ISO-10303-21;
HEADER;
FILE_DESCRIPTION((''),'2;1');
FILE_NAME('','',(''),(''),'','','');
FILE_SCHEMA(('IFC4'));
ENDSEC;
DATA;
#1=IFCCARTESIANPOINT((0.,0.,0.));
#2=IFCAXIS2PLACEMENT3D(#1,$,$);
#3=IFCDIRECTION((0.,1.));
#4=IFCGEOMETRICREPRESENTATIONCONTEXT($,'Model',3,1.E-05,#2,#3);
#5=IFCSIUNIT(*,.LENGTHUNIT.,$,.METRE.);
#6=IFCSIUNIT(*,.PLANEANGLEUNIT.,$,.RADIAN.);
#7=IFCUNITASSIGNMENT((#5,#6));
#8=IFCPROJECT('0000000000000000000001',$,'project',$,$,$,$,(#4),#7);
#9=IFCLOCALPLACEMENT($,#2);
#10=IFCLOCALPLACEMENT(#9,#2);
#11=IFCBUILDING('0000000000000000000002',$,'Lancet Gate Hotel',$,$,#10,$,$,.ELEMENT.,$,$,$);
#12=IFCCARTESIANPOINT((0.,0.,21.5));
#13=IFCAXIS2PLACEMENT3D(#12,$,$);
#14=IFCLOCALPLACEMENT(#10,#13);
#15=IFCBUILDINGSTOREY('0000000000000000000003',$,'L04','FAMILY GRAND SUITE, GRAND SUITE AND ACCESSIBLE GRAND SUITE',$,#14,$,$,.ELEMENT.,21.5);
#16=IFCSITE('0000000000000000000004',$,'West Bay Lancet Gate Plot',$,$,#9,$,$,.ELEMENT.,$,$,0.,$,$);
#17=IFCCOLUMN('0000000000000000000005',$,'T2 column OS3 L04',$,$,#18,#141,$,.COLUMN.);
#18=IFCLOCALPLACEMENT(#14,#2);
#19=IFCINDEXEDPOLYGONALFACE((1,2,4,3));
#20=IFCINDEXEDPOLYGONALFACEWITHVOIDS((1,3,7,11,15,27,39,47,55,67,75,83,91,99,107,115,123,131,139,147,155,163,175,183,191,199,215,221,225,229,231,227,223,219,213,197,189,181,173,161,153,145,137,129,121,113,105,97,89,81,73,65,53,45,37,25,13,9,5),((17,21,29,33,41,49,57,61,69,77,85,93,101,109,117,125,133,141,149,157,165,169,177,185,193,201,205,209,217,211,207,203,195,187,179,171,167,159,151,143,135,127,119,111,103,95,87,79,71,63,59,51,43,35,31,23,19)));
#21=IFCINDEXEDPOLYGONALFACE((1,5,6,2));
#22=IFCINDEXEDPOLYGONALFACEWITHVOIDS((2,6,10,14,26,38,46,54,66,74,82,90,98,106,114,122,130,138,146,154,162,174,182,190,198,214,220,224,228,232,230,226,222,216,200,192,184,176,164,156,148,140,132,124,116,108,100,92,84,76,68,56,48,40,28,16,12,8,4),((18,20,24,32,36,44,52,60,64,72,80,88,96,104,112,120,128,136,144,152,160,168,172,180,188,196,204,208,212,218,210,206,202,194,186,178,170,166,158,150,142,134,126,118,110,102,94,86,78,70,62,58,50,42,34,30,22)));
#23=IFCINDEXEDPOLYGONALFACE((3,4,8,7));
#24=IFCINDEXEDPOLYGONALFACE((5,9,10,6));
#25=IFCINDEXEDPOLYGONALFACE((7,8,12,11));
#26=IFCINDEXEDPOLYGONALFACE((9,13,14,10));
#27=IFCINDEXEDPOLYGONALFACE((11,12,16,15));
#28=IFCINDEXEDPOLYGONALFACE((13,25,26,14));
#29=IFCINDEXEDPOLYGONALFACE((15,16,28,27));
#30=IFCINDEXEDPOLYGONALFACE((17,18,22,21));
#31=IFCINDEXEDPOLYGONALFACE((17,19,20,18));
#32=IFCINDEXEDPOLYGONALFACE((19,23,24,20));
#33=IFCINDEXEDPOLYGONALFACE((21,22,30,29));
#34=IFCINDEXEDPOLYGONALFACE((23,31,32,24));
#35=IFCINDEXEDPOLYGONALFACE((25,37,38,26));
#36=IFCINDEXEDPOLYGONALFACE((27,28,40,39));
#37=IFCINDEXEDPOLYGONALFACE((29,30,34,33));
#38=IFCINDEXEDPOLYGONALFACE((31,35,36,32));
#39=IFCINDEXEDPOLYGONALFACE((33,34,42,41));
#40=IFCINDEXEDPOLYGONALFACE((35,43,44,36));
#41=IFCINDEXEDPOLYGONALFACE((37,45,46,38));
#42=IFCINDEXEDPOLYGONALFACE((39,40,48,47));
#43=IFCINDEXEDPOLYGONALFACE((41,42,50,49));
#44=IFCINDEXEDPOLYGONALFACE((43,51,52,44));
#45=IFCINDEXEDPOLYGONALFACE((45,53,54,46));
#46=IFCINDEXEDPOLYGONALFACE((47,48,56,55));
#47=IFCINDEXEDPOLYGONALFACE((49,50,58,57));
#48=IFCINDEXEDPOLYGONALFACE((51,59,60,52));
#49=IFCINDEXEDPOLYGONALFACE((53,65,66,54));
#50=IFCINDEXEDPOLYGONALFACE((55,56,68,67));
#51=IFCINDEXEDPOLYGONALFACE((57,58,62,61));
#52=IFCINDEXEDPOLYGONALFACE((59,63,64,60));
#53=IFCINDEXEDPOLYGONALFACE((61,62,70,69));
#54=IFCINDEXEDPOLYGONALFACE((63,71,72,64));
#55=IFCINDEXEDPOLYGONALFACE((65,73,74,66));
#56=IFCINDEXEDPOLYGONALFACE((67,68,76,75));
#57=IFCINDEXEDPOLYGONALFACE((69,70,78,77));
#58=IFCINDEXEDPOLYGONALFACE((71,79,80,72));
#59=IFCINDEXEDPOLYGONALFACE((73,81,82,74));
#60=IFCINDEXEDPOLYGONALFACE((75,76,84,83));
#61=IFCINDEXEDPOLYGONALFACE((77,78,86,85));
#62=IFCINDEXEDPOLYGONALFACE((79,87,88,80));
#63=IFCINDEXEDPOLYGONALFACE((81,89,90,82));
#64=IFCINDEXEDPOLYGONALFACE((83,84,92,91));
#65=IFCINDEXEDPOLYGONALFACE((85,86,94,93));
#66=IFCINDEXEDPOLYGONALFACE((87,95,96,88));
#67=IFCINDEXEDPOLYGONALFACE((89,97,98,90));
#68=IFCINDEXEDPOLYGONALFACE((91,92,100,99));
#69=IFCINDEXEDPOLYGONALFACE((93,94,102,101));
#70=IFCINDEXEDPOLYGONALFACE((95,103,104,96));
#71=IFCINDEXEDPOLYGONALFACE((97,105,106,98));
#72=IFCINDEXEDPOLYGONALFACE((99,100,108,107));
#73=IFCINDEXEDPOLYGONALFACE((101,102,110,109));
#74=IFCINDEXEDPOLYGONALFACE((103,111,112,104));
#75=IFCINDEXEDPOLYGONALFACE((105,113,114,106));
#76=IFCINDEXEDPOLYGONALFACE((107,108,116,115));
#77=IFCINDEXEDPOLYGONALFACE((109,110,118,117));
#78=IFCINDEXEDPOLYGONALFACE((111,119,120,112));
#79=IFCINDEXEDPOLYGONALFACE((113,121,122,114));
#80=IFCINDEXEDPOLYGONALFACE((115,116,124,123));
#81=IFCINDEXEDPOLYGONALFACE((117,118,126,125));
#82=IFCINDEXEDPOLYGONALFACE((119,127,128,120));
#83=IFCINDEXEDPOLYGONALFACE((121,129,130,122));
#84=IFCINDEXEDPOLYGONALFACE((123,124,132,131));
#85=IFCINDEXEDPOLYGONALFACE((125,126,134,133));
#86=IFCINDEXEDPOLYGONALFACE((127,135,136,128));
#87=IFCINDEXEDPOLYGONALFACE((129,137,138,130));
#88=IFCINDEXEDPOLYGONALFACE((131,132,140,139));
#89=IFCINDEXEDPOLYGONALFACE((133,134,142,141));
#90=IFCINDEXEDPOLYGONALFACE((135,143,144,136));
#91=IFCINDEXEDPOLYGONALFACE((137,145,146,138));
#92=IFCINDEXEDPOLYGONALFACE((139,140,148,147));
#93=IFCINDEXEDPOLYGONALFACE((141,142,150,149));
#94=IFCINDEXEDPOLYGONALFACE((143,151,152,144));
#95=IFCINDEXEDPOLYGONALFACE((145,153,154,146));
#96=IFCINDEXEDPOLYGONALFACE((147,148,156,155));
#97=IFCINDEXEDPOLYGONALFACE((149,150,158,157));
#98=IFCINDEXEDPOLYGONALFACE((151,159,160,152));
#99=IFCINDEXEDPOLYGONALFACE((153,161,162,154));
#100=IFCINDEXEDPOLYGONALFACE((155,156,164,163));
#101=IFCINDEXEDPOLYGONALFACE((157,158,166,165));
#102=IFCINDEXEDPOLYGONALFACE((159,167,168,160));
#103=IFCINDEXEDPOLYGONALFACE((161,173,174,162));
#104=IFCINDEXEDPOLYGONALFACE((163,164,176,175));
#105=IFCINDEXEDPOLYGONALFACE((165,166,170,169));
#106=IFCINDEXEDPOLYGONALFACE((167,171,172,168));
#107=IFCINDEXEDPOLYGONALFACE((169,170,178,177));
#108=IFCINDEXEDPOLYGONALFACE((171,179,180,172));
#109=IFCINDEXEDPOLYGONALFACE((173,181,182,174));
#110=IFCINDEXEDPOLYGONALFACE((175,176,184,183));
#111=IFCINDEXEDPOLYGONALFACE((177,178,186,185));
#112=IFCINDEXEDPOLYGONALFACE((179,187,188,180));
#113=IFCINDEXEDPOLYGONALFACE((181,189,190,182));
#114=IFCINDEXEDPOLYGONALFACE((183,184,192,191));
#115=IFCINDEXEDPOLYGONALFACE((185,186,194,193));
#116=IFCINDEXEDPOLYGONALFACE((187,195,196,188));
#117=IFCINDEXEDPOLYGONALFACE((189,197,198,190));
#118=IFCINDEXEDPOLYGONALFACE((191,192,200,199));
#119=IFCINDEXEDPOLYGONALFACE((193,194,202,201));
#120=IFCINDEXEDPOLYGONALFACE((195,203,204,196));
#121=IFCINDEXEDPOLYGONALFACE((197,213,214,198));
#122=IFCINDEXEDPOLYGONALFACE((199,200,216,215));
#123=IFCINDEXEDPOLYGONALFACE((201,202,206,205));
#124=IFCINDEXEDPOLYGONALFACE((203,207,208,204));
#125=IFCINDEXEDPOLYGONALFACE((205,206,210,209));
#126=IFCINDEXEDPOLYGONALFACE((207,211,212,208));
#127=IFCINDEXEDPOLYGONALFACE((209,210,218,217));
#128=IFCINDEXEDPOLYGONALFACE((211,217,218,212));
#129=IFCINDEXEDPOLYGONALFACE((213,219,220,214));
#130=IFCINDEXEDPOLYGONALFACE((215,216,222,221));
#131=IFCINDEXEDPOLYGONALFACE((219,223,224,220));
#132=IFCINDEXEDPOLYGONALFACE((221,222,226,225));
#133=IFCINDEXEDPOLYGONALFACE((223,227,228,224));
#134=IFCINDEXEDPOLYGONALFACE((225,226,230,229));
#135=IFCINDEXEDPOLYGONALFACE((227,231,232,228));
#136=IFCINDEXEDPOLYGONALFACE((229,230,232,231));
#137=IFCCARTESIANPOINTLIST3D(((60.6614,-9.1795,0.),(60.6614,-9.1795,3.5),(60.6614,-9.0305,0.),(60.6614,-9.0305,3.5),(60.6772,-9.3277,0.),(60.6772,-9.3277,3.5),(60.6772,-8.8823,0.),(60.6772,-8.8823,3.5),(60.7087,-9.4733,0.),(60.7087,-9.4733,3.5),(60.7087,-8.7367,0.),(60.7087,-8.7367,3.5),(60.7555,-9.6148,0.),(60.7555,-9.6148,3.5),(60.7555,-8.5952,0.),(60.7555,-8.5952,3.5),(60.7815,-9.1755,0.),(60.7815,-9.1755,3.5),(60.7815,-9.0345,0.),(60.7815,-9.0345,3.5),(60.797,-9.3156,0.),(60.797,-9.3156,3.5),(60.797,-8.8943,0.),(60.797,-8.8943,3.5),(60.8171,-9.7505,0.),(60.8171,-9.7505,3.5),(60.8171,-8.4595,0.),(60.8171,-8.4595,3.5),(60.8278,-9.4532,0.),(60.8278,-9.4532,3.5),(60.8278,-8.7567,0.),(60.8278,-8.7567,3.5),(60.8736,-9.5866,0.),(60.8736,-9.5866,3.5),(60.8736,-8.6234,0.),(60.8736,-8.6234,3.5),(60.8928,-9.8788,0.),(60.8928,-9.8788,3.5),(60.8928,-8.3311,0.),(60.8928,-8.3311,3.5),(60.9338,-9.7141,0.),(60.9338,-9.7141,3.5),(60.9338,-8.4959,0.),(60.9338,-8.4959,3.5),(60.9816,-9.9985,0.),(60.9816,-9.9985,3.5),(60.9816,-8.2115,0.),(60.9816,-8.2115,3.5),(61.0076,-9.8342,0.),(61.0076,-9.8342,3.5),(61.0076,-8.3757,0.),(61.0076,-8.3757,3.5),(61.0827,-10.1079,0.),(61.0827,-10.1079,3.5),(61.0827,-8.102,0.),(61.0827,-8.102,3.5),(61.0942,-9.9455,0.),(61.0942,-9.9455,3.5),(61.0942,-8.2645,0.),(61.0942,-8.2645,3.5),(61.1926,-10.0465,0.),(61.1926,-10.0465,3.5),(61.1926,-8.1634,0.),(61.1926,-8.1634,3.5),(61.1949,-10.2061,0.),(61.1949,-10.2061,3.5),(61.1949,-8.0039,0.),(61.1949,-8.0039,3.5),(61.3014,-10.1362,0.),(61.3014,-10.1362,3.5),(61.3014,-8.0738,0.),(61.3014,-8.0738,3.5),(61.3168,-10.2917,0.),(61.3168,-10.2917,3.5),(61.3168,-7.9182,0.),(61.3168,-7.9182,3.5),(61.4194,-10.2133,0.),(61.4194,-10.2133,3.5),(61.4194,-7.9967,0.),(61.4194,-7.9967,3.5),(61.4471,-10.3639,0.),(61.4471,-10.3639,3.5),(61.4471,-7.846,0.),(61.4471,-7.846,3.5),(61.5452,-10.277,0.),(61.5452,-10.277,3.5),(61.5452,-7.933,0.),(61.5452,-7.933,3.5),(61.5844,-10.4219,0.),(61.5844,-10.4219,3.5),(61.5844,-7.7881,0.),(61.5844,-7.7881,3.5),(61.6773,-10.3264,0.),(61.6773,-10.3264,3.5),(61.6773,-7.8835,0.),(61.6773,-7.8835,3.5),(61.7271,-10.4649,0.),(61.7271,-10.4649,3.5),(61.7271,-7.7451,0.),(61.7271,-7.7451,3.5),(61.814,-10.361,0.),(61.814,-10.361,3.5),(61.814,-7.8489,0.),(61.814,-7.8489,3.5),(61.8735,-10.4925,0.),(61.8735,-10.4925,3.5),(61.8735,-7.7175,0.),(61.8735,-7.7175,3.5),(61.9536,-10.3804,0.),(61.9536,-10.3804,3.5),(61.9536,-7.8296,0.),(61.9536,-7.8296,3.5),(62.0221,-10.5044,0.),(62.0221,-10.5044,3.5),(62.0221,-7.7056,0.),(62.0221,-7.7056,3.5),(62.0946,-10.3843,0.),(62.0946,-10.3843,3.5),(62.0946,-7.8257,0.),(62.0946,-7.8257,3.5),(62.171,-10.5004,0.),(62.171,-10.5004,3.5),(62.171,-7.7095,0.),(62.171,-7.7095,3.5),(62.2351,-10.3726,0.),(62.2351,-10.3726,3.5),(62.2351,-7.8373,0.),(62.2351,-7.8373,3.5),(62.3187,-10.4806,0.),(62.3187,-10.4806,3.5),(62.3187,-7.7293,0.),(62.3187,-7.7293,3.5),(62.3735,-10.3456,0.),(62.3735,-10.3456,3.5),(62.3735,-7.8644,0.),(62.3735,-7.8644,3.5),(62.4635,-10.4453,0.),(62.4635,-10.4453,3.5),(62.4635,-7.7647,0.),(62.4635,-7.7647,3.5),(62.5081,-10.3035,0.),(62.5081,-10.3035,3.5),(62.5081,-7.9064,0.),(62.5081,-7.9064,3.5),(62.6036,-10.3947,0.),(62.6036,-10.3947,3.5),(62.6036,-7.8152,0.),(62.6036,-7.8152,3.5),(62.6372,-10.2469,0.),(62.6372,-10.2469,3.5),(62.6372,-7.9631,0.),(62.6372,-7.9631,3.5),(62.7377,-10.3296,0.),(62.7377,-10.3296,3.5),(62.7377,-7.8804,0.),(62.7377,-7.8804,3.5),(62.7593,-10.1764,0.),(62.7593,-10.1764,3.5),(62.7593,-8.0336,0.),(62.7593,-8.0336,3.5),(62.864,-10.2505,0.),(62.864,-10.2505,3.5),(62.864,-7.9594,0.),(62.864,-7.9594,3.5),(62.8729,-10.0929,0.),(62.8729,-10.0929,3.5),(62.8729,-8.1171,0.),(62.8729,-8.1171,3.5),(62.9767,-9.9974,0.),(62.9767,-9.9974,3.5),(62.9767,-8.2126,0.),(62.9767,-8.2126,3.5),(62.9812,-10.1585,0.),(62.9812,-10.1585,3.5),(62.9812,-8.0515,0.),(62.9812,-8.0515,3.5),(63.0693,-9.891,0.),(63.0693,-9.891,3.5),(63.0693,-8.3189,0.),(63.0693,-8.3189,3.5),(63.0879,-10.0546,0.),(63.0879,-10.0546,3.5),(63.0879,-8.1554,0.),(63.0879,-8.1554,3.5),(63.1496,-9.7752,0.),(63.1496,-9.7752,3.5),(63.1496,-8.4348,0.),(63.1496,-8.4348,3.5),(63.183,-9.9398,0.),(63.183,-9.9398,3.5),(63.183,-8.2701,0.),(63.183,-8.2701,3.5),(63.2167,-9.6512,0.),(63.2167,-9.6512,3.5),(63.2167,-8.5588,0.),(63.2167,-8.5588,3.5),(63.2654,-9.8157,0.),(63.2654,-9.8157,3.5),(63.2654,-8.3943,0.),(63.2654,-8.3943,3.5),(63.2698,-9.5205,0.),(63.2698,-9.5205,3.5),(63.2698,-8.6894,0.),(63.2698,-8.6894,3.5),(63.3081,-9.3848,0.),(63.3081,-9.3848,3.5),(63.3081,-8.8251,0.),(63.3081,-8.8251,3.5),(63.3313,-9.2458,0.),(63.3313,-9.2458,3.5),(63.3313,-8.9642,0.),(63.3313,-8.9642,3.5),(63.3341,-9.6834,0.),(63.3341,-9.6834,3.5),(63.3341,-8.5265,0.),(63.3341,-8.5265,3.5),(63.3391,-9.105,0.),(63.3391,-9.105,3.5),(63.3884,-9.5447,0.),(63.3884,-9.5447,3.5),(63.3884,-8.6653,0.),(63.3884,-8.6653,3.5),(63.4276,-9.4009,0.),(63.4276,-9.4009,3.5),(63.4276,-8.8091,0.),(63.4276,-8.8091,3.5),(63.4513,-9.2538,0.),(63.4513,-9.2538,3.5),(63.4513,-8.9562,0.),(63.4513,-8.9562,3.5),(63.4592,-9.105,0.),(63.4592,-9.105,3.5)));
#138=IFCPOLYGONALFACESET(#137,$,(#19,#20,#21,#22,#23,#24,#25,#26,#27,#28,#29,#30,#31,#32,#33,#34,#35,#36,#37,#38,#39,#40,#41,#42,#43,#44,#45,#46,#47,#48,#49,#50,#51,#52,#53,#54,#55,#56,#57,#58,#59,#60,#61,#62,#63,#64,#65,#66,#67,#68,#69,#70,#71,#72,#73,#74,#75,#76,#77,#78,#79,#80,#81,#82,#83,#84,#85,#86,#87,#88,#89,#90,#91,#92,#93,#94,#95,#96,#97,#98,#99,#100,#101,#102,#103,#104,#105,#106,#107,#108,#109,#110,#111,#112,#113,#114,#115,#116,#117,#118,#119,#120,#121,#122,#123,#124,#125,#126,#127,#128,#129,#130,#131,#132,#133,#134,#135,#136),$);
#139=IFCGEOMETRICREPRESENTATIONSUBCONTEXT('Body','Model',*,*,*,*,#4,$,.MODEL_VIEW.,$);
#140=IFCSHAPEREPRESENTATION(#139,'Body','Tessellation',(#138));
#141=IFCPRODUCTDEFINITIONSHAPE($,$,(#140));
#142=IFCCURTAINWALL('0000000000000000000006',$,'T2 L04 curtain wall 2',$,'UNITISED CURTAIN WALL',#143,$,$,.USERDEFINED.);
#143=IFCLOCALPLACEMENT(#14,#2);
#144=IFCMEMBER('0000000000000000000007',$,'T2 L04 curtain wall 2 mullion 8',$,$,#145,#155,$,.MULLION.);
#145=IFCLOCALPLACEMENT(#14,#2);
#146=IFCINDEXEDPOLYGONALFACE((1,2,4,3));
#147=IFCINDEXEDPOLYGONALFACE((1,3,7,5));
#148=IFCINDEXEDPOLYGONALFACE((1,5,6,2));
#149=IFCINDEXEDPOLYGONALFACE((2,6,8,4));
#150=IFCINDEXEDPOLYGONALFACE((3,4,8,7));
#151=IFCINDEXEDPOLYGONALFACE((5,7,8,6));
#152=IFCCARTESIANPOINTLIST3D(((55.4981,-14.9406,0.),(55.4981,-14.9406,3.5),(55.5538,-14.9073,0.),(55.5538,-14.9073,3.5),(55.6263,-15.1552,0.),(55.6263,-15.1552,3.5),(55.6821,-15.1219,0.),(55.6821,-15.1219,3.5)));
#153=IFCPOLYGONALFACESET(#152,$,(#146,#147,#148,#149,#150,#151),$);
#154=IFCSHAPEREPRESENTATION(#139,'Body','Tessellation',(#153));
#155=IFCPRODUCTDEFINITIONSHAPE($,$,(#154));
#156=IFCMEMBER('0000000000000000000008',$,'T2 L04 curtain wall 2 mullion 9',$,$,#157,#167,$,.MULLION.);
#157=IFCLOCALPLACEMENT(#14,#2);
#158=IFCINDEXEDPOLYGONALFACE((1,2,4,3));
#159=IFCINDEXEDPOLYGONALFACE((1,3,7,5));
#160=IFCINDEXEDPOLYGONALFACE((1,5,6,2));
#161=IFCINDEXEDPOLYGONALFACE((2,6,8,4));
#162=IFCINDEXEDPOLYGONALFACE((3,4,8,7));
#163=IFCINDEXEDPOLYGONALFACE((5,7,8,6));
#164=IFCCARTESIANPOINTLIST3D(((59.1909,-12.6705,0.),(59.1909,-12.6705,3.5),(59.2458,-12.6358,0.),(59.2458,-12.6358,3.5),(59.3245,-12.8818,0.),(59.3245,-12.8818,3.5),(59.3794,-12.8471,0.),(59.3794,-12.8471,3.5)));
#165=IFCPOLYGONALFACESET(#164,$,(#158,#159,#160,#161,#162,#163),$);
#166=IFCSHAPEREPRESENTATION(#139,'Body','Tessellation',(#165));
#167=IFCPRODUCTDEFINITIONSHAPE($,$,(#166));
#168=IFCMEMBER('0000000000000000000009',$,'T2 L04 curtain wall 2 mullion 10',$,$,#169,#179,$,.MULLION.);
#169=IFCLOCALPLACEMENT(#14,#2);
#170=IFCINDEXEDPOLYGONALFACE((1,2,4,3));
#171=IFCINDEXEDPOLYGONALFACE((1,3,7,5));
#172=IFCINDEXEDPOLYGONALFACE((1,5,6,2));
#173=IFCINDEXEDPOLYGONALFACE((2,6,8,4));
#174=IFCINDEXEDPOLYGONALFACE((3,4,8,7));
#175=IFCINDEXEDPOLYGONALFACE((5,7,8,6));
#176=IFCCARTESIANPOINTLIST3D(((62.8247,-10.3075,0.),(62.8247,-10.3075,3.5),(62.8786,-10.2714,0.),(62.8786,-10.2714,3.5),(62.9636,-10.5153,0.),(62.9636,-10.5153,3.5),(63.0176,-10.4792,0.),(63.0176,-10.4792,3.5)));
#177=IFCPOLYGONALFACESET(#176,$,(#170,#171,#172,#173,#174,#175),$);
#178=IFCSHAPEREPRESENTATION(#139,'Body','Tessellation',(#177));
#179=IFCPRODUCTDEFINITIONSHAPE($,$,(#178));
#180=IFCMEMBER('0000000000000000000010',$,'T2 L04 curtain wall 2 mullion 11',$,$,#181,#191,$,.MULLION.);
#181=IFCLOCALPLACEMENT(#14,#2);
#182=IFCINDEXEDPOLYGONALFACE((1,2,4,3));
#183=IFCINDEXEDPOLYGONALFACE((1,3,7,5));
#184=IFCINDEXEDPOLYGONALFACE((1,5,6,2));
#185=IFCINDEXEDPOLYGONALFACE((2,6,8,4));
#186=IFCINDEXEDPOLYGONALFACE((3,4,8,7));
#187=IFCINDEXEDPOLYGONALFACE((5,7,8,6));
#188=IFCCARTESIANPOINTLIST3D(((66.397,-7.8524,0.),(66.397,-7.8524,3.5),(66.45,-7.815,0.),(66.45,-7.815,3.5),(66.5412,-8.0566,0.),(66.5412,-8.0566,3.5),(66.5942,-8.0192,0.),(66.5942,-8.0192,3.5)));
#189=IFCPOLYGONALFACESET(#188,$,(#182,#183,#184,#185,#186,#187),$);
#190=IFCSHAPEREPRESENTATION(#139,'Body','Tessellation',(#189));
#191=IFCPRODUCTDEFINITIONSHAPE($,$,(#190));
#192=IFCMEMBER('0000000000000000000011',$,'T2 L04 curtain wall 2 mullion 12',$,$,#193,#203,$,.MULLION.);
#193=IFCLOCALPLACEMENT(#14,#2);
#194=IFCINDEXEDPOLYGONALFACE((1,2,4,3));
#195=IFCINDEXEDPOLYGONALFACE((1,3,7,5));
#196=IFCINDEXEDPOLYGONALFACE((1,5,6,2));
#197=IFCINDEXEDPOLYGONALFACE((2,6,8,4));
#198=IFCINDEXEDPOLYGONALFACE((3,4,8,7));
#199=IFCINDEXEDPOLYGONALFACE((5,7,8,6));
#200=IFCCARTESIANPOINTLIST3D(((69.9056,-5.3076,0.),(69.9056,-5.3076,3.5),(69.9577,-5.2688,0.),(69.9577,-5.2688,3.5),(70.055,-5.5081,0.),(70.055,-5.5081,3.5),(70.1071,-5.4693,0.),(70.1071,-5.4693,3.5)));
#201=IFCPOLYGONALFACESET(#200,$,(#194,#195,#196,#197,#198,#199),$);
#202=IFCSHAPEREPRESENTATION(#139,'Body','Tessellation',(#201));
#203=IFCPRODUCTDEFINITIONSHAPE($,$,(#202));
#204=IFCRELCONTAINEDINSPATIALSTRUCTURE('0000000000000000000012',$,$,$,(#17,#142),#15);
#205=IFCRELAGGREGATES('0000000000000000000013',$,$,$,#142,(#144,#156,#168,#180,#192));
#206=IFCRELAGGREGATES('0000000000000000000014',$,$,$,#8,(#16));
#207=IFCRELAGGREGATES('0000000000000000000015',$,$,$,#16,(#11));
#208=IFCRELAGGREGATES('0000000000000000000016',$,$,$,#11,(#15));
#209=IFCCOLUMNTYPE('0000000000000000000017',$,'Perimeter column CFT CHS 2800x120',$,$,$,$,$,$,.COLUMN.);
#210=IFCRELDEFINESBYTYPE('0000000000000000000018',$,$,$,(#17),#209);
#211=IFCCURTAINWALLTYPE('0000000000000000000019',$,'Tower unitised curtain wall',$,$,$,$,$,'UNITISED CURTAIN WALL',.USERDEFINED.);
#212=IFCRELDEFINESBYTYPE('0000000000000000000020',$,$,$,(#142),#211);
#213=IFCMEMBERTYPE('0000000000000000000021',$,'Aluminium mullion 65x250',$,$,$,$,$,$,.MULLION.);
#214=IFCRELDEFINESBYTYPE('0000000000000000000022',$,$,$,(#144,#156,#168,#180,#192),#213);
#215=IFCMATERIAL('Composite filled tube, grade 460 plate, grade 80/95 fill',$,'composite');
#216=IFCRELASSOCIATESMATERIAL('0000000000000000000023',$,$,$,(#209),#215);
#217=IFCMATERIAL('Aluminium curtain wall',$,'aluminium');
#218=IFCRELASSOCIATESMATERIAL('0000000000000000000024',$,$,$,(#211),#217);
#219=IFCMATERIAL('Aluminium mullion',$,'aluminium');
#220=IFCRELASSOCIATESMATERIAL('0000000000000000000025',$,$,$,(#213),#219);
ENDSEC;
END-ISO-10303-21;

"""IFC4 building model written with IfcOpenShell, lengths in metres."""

from ifc_helpers import new_model, si_unit, direction, frame, origin, origin_2d, place, context, subcontext, project, spatial, rectangle, hollow_circle, extrude, material, material_profile, profile_set, type_object, element, aggregate, save


model = new_model("IFC4")

# Units and contexts
model_context = context("Model", 3, precision=1e-05, world=origin(), true_north=direction((0.0, 1.0)))
body_context = subcontext(model_context, "Body", "Model", "MODEL_VIEW")
ifc_project = project(units=[si_unit("LENGTHUNIT", "METRE"), si_unit("PLANEANGLEUNIT", "RADIAN")], contexts=[model_context])

# Site, building, storey
site_placement = place(None, origin())
site = spatial("IfcSite", under=ifc_project, at=site_placement, Name="West Bay Lancet Gate Plot", CompositionType="ELEMENT", RefElevation=0.0)
building_placement = place(site_placement, origin())
building = spatial("IfcBuilding", under=site, at=building_placement, Name="Lancet Gate Hotel", CompositionType="ELEMENT")
storey_placement = place(building_placement, frame((0.0, 0.0, 21.5)))
storey = spatial("IfcBuildingStorey", under=building, at=storey_placement, Name="L04", Description="FAMILY GRAND SUITE, GRAND SUITE AND ACCESSIBLE GRAND SUITE", CompositionType="ELEMENT", Elevation=21.5)

# Column
ifc_material_1 = material(Name="Composite filled tube, grade 460 plate, grade 80/95 fill", Category="composite")
ifc_material_profile_1 = material_profile(ifc_material_1, hollow_circle(Radius=1.3999, WallThickness=0.1201, at=origin_2d()), Name="CHS 2800x120")
ifc_profile_set_1 = profile_set([ifc_material_profile_1], Name="Composite filled tube, grade 460 plate, grade 80/95 fill")
column_type = type_object("IfcColumnType", Name="Perimeter column CFT CHS 2800x120", PredefinedType="COLUMN", material=ifc_profile_set_1)
for number, where, z_axis, x_axis, name in (
    (1, (62.0593, -9.105, 0.0), (0.0, 0.0, 1.0), (1.0, 0.0, 0.0), "T2 column OS3 L04"),
):
    element("IfcColumn", number, at=place(storey_placement, frame(where, z_axis=z_axis, x_axis=x_axis)), inside=storey, type_object=column_type, Name=name, PredefinedType="COLUMN", context=body_context, shape_type="SweptSolid", body=[
        extrude(hollow_circle(Radius=1.3999, WallThickness=0.1201, at=origin_2d()), origin(), (0.0, 0.0, 1.0), 3.5),
    ])

# Curtain wall, members
ifc_material_2 = material(Name="Aluminium curtain wall", Category="aluminium")
curtain_wall_type = type_object("IfcCurtainWallType", Name="Tower unitised curtain wall", ElementType="UNITISED CURTAIN WALL", PredefinedType="USERDEFINED", material=ifc_material_2)
curtain_wall_placement = place(storey_placement, origin())
curtain_wall = element("IfcCurtainWall", 2, at=curtain_wall_placement, inside=storey, type_object=curtain_wall_type, Name="T2 L04 curtain wall 2", ObjectType="UNITISED CURTAIN WALL", PredefinedType="USERDEFINED")
ifc_material_3 = material(Name="Aluminium mullion", Category="aluminium")
ifc_material_profile_2 = material_profile(ifc_material_3, rectangle(XDim=0.0649, YDim=0.25, at=origin_2d()), Name="MULLION 65x250")
ifc_profile_set_2 = profile_set([ifc_material_profile_2], Name="Aluminium mullion")
member_type_1 = type_object("IfcMemberType", Name="Aluminium mullion 65x250", PredefinedType="MULLION", material=ifc_profile_set_2)
member_1_placement = place(storey_placement, frame((55.5901, -15.0312, 0.0), z_axis=(0.0, 0.0, 1.0), x_axis=(0.858413, 0.512959, 0.0)))
member_1 = element("IfcMember", 3, at=member_1_placement, type_object=member_type_1, Name="T2 L04 curtain wall 2 mullion 8", PredefinedType="MULLION", context=body_context, shape_type="SweptSolid", body=[
    extrude(rectangle(XDim=0.0649, YDim=0.25, at=origin_2d()), origin(), (0.0, 0.0, 1.0), 3.5),
])
member_2_placement = place(storey_placement, frame((59.2852, -12.7588, 0.0), z_axis=(0.0, 0.0, 1.0), x_axis=(0.845079, 0.534641, 0.0)))
member_2 = element("IfcMember", 4, at=member_2_placement, type_object=member_type_1, Name="T2 L04 curtain wall 2 mullion 9", PredefinedType="MULLION", context=body_context, shape_type="SweptSolid", body=[
    extrude(rectangle(XDim=0.0649, YDim=0.25, at=origin_2d()), origin(), (0.0, 0.0, 1.0), 3.5),
])
member_3_placement = place(storey_placement, frame((62.9211, -10.3933, 0.0), z_axis=(0.0, 0.0, 1.0), x_axis=(0.831198, 0.555976, 0.0)))
member_3 = element("IfcMember", 5, at=member_3_placement, type_object=member_type_1, Name="T2 L04 curtain wall 2 mullion 10", PredefinedType="MULLION", context=body_context, shape_type="SweptSolid", body=[
    extrude(rectangle(XDim=0.0649, YDim=0.25, at=origin_2d()), origin(), (0.0, 0.0, 1.0), 3.5),
])
member_4_placement = place(storey_placement, frame((66.4956, -7.9358, 0.0), z_axis=(0.0, 0.0, 1.0), x_axis=(0.816779, 0.576951, 0.0)))
member_4 = element("IfcMember", 6, at=member_4_placement, type_object=member_type_1, Name="T2 L04 curtain wall 2 mullion 11", PredefinedType="MULLION", context=body_context, shape_type="SweptSolid", body=[
    extrude(rectangle(XDim=0.0649, YDim=0.25, at=origin_2d()), origin(), (0.0, 0.0, 1.0), 3.5),
])
member_5_placement = place(storey_placement, frame((70.0063, -5.3884, 0.0), z_axis=(0.0, 0.0, 1.0), x_axis=(0.80183, 0.597552, 0.0)))
member_5 = element("IfcMember", 7, at=member_5_placement, type_object=member_type_1, Name="T2 L04 curtain wall 2 mullion 12", PredefinedType="MULLION", context=body_context, shape_type="SweptSolid", body=[
    extrude(rectangle(XDim=0.0649, YDim=0.25, at=origin_2d()), origin(), (0.0, 0.0, 1.0), 3.5),
])

aggregate(curtain_wall, [member_1, member_2, member_3, member_4, member_5])

save(model, "model.ifc")
